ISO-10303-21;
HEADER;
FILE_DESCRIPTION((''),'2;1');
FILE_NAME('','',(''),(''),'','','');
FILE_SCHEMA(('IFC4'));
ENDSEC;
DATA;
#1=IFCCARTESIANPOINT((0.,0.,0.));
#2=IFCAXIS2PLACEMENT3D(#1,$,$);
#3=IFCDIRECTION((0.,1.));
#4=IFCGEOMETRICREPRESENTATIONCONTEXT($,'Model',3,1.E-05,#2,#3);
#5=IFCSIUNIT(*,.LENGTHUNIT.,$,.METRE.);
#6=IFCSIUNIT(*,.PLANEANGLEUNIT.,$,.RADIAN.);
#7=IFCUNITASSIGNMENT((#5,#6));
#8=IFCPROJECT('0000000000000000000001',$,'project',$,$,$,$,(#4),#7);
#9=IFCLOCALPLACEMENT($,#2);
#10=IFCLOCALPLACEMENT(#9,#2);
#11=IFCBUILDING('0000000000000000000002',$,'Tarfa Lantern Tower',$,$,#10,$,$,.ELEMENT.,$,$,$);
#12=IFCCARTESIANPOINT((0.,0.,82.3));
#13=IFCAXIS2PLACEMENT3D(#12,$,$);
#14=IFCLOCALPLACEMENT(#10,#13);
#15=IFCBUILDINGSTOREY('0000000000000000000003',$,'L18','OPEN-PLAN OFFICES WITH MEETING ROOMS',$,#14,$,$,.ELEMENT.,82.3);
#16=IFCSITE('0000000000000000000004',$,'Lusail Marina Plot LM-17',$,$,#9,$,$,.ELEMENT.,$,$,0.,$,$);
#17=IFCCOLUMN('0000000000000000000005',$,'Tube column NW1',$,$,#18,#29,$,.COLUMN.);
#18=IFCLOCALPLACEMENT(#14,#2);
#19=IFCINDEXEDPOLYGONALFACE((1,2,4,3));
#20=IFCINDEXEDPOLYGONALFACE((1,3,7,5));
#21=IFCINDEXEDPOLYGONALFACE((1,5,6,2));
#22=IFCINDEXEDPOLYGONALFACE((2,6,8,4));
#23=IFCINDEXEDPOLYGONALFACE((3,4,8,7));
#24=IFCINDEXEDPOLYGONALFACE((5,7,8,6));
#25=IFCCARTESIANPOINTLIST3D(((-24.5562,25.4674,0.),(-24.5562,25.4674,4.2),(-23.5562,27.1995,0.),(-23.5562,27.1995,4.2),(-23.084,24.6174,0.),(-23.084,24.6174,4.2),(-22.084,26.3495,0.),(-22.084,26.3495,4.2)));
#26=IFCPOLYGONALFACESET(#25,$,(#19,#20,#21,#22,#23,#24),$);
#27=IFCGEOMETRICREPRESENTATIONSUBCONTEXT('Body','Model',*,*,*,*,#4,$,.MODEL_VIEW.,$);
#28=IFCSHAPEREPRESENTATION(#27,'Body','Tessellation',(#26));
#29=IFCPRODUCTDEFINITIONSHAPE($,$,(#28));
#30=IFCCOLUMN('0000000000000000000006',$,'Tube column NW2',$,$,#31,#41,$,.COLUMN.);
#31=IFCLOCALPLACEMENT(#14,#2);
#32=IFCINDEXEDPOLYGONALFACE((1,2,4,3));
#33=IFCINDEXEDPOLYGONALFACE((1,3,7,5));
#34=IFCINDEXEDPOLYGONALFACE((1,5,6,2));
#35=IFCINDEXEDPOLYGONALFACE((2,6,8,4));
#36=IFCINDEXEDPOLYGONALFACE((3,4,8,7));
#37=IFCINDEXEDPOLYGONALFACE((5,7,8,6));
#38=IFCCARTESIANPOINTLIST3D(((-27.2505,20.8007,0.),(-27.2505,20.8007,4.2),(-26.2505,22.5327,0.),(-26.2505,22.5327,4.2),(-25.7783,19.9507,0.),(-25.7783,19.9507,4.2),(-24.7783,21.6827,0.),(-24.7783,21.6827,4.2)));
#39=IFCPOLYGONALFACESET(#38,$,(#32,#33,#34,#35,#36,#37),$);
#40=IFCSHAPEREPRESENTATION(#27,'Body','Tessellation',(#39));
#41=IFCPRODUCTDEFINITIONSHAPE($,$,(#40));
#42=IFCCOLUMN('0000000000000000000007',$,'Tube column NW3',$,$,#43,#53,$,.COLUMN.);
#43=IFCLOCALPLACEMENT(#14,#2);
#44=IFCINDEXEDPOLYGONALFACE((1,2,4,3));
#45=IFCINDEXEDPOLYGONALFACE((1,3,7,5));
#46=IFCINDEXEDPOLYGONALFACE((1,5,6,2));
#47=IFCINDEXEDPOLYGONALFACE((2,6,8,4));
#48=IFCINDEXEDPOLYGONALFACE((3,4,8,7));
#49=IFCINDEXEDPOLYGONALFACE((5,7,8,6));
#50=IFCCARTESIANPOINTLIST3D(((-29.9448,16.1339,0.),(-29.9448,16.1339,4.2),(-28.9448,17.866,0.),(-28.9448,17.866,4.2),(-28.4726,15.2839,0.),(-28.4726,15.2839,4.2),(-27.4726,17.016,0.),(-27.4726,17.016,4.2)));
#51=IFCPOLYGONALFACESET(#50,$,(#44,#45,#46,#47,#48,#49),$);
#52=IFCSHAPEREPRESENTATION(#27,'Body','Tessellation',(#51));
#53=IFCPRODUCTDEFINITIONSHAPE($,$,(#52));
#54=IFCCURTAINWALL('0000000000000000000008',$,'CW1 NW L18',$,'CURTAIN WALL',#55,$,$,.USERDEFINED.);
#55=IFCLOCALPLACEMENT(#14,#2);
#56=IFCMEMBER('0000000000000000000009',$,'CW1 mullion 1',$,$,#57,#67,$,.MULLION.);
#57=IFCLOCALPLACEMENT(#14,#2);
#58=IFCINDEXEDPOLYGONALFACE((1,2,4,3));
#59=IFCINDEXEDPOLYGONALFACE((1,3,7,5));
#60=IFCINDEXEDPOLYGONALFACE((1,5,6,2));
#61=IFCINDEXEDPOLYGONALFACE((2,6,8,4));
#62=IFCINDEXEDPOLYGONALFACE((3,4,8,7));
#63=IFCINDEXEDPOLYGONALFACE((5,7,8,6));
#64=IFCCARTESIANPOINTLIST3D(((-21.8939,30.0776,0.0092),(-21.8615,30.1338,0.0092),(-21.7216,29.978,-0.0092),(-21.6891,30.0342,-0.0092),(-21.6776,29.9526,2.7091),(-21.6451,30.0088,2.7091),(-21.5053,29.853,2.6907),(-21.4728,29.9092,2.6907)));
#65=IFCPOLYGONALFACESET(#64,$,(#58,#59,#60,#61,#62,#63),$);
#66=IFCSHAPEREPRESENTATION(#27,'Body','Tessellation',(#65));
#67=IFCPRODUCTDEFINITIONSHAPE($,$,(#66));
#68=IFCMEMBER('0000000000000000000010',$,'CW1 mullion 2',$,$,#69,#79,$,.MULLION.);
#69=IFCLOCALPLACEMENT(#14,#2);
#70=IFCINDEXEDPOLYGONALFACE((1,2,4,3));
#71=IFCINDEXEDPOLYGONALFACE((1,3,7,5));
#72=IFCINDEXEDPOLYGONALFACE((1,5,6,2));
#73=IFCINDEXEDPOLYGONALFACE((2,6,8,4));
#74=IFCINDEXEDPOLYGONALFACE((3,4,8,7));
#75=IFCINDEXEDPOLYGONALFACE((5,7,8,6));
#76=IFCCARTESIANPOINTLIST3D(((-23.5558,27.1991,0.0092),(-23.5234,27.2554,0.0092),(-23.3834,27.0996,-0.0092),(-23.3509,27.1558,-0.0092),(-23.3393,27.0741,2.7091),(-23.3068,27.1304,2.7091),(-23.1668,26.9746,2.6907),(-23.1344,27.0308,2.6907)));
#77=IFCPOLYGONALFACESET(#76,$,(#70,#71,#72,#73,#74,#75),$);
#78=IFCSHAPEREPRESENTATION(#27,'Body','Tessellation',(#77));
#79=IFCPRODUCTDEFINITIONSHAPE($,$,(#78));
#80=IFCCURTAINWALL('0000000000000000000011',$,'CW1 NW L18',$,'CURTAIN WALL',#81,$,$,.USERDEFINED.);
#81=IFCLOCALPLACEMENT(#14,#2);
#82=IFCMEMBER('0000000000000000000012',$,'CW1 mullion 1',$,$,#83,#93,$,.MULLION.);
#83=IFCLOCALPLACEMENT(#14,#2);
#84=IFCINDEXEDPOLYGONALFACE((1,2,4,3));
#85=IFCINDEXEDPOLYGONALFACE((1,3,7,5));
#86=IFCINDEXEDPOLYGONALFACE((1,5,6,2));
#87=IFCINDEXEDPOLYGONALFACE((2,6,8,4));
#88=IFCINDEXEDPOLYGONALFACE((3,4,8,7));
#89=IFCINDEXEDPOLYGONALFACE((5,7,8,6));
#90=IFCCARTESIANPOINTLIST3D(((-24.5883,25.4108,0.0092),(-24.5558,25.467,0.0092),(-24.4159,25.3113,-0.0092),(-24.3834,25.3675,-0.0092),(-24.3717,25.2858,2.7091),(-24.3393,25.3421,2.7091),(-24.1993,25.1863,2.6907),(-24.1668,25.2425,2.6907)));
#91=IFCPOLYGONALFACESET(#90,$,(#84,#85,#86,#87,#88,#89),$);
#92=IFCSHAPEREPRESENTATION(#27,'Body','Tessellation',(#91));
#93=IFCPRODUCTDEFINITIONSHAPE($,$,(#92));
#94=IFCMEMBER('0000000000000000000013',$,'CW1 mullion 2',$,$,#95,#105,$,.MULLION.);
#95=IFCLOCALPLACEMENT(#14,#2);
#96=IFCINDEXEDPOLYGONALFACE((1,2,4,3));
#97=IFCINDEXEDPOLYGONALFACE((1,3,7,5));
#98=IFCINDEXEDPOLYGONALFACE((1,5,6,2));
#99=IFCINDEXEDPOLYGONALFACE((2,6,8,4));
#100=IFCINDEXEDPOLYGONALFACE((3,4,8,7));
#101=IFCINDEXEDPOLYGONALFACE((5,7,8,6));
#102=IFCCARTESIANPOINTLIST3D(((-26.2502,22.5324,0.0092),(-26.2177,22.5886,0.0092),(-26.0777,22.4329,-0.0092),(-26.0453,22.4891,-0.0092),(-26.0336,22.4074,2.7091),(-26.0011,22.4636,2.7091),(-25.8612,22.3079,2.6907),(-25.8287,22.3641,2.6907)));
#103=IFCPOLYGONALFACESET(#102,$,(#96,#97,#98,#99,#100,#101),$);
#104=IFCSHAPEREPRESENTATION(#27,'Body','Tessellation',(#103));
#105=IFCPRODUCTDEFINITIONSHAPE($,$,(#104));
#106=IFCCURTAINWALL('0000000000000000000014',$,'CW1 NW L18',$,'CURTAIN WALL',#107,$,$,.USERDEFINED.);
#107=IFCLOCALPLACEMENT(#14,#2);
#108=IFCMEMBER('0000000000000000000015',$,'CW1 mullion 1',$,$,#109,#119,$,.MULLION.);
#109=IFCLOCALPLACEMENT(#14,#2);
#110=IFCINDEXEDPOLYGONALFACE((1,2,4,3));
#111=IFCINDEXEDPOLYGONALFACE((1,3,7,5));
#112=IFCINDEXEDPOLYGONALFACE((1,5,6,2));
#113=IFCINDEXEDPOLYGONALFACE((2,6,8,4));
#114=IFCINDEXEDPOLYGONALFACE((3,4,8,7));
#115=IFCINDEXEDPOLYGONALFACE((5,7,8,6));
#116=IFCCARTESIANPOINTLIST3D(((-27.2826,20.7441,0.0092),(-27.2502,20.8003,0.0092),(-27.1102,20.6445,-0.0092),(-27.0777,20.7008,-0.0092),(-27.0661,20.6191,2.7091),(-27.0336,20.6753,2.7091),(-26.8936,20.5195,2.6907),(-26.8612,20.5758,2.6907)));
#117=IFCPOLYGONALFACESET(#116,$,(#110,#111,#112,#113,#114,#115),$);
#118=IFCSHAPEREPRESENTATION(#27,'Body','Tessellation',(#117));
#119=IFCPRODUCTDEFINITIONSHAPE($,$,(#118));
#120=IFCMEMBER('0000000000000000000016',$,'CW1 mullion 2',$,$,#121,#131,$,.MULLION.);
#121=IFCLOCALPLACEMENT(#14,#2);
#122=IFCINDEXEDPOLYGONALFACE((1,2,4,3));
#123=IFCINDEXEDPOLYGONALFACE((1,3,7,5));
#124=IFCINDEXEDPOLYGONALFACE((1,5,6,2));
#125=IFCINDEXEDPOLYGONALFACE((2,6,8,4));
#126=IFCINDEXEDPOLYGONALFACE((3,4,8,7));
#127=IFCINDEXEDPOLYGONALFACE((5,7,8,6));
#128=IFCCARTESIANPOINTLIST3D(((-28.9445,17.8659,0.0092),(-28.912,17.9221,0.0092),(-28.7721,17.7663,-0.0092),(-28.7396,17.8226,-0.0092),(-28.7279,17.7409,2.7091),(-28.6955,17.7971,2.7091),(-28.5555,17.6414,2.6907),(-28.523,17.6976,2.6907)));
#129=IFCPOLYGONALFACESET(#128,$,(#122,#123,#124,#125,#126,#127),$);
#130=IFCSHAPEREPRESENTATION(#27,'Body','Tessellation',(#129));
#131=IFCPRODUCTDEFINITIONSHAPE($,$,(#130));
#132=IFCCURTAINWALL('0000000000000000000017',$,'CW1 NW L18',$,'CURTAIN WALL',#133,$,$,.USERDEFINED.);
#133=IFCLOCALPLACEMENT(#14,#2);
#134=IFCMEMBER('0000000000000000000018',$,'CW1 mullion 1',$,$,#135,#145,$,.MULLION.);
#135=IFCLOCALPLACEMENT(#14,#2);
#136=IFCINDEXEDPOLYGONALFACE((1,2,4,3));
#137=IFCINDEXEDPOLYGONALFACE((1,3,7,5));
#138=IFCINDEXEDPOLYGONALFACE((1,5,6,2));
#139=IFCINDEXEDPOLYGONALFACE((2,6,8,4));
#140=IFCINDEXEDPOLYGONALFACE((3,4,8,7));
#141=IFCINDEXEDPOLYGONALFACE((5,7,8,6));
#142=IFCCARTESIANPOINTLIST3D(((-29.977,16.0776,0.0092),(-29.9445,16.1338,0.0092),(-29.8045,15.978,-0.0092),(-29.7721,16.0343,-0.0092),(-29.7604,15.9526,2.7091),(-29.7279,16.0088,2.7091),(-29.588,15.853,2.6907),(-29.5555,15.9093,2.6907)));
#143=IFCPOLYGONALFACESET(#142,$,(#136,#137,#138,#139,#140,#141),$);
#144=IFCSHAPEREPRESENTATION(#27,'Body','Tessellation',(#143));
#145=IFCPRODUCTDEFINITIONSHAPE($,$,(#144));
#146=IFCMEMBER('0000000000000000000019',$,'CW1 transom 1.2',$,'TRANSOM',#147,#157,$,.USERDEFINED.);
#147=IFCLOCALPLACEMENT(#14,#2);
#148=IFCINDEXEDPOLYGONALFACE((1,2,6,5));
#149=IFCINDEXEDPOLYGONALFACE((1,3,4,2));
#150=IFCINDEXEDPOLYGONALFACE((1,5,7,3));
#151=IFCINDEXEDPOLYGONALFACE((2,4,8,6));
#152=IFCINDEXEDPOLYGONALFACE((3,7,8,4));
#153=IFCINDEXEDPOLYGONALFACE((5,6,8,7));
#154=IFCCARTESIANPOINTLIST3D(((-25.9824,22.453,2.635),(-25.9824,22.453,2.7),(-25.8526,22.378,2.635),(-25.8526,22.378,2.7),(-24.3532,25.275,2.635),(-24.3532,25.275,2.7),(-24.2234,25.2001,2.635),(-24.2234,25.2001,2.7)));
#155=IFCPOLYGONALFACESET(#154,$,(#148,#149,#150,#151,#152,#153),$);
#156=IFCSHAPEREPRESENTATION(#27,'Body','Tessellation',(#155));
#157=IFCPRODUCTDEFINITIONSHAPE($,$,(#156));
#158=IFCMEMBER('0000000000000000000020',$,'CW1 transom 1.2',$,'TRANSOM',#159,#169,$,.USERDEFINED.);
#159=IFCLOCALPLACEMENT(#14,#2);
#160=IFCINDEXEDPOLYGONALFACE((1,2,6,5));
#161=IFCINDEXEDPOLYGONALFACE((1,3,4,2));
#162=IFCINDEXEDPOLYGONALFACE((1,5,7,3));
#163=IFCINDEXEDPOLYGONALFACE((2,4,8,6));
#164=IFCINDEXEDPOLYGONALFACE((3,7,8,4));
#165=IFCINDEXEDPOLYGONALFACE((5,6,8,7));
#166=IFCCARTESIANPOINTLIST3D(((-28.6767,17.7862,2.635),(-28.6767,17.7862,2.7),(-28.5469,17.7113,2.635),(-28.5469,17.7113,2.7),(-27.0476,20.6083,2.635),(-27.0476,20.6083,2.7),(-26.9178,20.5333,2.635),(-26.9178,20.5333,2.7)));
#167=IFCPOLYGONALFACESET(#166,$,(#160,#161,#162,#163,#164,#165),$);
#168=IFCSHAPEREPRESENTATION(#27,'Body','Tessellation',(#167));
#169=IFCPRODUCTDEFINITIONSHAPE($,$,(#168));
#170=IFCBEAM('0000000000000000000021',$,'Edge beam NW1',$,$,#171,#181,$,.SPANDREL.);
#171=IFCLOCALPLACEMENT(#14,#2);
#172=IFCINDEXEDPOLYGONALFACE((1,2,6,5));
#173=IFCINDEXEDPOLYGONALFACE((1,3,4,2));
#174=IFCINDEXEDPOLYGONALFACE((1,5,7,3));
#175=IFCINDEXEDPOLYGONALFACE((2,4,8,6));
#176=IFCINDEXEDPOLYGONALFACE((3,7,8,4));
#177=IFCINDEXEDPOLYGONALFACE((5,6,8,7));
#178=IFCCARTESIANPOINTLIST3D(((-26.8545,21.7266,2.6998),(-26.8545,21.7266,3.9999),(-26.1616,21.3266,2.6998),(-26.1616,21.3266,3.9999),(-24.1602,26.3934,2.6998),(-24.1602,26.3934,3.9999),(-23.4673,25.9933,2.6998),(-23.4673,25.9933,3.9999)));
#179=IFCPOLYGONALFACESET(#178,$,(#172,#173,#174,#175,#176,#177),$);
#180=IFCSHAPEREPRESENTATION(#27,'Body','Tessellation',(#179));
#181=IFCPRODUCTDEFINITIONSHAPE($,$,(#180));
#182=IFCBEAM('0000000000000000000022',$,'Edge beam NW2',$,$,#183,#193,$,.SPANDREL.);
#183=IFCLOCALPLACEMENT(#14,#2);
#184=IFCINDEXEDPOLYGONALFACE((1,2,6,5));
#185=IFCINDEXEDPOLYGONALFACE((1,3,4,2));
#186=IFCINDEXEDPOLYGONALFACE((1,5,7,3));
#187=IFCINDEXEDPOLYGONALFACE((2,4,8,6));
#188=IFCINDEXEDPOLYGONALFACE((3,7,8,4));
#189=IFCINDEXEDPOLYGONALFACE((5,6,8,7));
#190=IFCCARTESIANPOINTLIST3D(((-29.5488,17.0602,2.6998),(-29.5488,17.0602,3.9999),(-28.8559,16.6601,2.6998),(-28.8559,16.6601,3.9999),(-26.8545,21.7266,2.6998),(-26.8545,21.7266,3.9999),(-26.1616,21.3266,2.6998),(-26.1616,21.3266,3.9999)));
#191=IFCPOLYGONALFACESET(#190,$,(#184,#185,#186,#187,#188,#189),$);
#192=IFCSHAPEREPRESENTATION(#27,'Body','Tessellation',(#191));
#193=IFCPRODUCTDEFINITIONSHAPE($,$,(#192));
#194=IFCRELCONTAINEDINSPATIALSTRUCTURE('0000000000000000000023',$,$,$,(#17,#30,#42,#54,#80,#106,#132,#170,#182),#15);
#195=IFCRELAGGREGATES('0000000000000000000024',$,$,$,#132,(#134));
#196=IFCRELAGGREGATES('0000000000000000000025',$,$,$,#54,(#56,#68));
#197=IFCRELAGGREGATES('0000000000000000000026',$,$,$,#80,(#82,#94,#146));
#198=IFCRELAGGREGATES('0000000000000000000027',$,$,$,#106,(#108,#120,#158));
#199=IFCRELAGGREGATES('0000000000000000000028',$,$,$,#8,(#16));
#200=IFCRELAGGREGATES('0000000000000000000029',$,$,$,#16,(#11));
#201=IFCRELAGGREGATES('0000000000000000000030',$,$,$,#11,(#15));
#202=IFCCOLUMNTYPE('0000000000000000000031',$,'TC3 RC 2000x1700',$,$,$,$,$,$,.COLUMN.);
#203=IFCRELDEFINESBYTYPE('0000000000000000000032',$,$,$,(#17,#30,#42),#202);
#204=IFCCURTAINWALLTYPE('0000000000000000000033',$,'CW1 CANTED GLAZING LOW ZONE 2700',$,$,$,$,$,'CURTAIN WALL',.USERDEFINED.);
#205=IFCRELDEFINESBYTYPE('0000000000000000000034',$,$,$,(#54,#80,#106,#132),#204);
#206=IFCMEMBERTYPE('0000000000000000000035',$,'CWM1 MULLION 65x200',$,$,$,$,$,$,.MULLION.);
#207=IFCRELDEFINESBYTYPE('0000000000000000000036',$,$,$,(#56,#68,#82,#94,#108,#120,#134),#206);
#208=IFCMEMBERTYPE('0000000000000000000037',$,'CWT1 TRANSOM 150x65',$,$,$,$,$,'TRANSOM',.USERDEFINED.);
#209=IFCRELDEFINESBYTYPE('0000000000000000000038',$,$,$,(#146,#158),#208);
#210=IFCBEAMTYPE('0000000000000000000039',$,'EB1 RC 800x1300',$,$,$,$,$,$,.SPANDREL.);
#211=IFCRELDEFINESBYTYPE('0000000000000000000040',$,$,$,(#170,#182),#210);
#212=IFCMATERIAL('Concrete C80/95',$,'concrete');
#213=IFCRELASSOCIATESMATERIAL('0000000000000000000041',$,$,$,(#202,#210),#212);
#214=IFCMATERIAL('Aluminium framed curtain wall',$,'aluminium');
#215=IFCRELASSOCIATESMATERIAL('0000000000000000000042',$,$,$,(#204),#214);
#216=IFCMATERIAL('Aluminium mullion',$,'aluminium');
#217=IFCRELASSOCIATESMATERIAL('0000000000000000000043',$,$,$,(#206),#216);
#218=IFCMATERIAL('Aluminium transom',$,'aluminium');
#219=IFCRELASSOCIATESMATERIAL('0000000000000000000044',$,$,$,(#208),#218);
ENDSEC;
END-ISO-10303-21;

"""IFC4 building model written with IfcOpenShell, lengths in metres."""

from ifc_helpers import new_model, si_unit, direction, frame, origin, origin_2d, place, context, subcontext, project, spatial, rectangle, extrude, material, material_profile, profile_set, type_object, element, aggregate, save


model = new_model("IFC4")

# Units and contexts
model_context = context("Model", 3, precision=1e-05, world=origin(), true_north=direction((0.0, 1.0)))
body_context = subcontext(model_context, "Body", "Model", "MODEL_VIEW")
ifc_project = project(units=[si_unit("LENGTHUNIT", "METRE"), si_unit("PLANEANGLEUNIT", "RADIAN")], contexts=[model_context])

# Site, building, storey
site_placement = place(None, origin())
site = spatial("IfcSite", under=ifc_project, at=site_placement, Name="Lusail Marina Plot LM-17", CompositionType="ELEMENT", RefElevation=0.0)
building_placement = place(site_placement, origin())
building = spatial("IfcBuilding", under=site, at=building_placement, Name="Tarfa Lantern Tower", CompositionType="ELEMENT")
storey_placement = place(building_placement, frame((0.0, 0.0, 82.3)))
storey = spatial("IfcBuildingStorey", under=building, at=storey_placement, Name="L18", Description="OPEN-PLAN OFFICES WITH MEETING ROOMS", CompositionType="ELEMENT", Elevation=82.3)

# Columns
ifc_material_1 = material(Name="Concrete C80/95", Category="concrete")
ifc_material_profile_1 = material_profile(ifc_material_1, rectangle(XDim=2.0, YDim=1.7, at=origin_2d()), Name="RC 2000x1700")
ifc_profile_set_1 = profile_set([ifc_material_profile_1], Name="Concrete C80/95")
column_type = type_object("IfcColumnType", Name="TC3 RC 2000x1700", PredefinedType="COLUMN", material=ifc_profile_set_1)
for number, where, z_axis, x_axis, name in (
    (1, (-23.3201, 25.9084, 0.0), (0.0, 0.0, 1.0), (-0.5, -0.866025, 0.0), "Tube column NW1"),
    (2, (-26.0144, 21.2417, 0.0), (0.0, 0.0, 1.0), (-0.5, -0.866025, 0.0), "Tube column NW2"),
    (3, (-28.7087, 16.575, 0.0), (0.0, 0.0, 1.0), (-0.5, -0.866025, 0.0), "Tube column NW3"),
):
    element("IfcColumn", number, at=place(storey_placement, frame(where, z_axis=z_axis, x_axis=x_axis)), inside=storey, type_object=column_type, Name=name, PredefinedType="COLUMN", context=body_context, shape_type="SweptSolid", body=[
        extrude(rectangle(XDim=2.0, YDim=1.7, at=origin_2d()), origin(), (0.0, 0.0, 1.0), 4.2),
    ])

# Curtain walls, members
ifc_material_2 = material(Name="Aluminium framed curtain wall", Category="aluminium")
curtain_wall_type = type_object("IfcCurtainWallType", Name="CW1 CANTED GLAZING LOW ZONE 2700", ElementType="CURTAIN WALL", PredefinedType="USERDEFINED", material=ifc_material_2)
curtain_wall_1_placement = place(storey_placement, origin())
curtain_wall_1 = element("IfcCurtainWall", 4, at=curtain_wall_1_placement, inside=storey, type_object=curtain_wall_type, Name="CW1 NW L18", ObjectType="CURTAIN WALL", PredefinedType="USERDEFINED")
ifc_material_3 = material(Name="Aluminium mullion", Category="aluminium")
ifc_material_profile_2 = material_profile(ifc_material_3, rectangle(XDim=0.0649, YDim=0.2, at=origin_2d()), Name="AL MULLION 65x200")
ifc_profile_set_2 = profile_set([ifc_material_profile_2], Name="Aluminium mullion")
member_type_1 = type_object("IfcMemberType", Name="CWM1 MULLION 65x200", PredefinedType="MULLION", material=ifc_profile_set_2)
member_1_placement = place(storey_placement, frame((-21.7915, 30.0559, 0.0), z_axis=(0.079775, -0.0461, 0.995746), x_axis=(0.500343, 0.865827, 0.0)))
member_1 = element("IfcMember", 5, at=member_1_placement, type_object=member_type_1, Name="CW1 mullion 1", PredefinedType="MULLION", context=body_context, shape_type="SweptSolid", body=[
    extrude(rectangle(XDim=0.0649, YDim=0.2, at=origin_2d()), origin(), (0.0, 0.0, 1.0), 2.7114),
])
member_2_placement = place(storey_placement, frame((-23.4534, 27.1775, 0.0), z_axis=(0.079864, -0.0461, 0.995739), x_axis=(0.49992, 0.866072, 0.0)))
member_2 = element("IfcMember", 6, at=member_2_placement, type_object=member_type_1, Name="CW1 mullion 2", PredefinedType="MULLION", context=body_context, shape_type="SweptSolid", body=[
    extrude(rectangle(XDim=0.0649, YDim=0.2, at=origin_2d()), origin(), (0.0, 0.0, 1.0), 2.7114),
])
curtain_wall_2_placement = place(storey_placement, origin())
curtain_wall_2 = element("IfcCurtainWall", 7, at=curtain_wall_2_placement, inside=storey, type_object=curtain_wall_type, Name="CW1 NW L18", ObjectType="CURTAIN WALL", PredefinedType="USERDEFINED")
member_3_placement = place(storey_placement, frame((-24.4858, 25.3892, 0.0), z_axis=(0.079864, -0.0461, 0.995739), x_axis=(0.49992, 0.866072, 0.0)))
member_3 = element("IfcMember", 8, at=member_3_placement, type_object=member_type_1, Name="CW1 mullion 1", PredefinedType="MULLION", context=body_context, shape_type="SweptSolid", body=[
    extrude(rectangle(XDim=0.0649, YDim=0.2, at=origin_2d()), origin(), (0.0, 0.0, 1.0), 2.7114),
])
member_4_placement = place(storey_placement, frame((-26.1477, 22.5107, 0.0), z_axis=(0.079864, -0.0461, 0.995739), x_axis=(0.49992, 0.866072, 0.0)))
member_4 = element("IfcMember", 9, at=member_4_placement, type_object=member_type_1, Name="CW1 mullion 2", PredefinedType="MULLION", context=body_context, shape_type="SweptSolid", body=[
    extrude(rectangle(XDim=0.0649, YDim=0.2, at=origin_2d()), origin(), (0.0, 0.0, 1.0), 2.7114),
])
curtain_wall_3_placement = place(storey_placement, origin())
curtain_wall_3 = element("IfcCurtainWall", 10, at=curtain_wall_3_placement, inside=storey, type_object=curtain_wall_type, Name="CW1 NW L18", ObjectType="CURTAIN WALL", PredefinedType="USERDEFINED")
member_5_placement = place(storey_placement, frame((-27.1802, 20.7224, 0.0), z_axis=(0.079864, -0.0461, 0.995739), x_axis=(0.49992, 0.866072, 0.0)))
member_5 = element("IfcMember", 11, at=member_5_placement, type_object=member_type_1, Name="CW1 mullion 1", PredefinedType="MULLION", context=body_context, shape_type="SweptSolid", body=[
    extrude(rectangle(XDim=0.0649, YDim=0.2, at=origin_2d()), origin(), (0.0, 0.0, 1.0), 2.7114),
])
member_6_placement = place(storey_placement, frame((-28.842, 17.8442, 0.0), z_axis=(0.079864, -0.0461, 0.995739), x_axis=(0.49992, 0.866072, 0.0)))
member_6 = element("IfcMember", 12, at=member_6_placement, type_object=member_type_1, Name="CW1 mullion 2", PredefinedType="MULLION", context=body_context, shape_type="SweptSolid", body=[
    extrude(rectangle(XDim=0.0649, YDim=0.2, at=origin_2d()), origin(), (0.0, 0.0, 1.0), 2.7114),
])

# Curtain wall, member
curtain_wall_4_placement = place(storey_placement, origin())
curtain_wall_4 = element("IfcCurtainWall", 13, at=curtain_wall_4_placement, inside=storey, type_object=curtain_wall_type, Name="CW1 NW L18", ObjectType="CURTAIN WALL", PredefinedType="USERDEFINED")
member_7_placement = place(storey_placement, frame((-29.8745, 16.0559, 0.0), z_axis=(0.079864, -0.0461, 0.995739), x_axis=(0.49992, 0.866072, 0.0)))
member_7 = element("IfcMember", 14, at=member_7_placement, type_object=member_type_1, Name="CW1 mullion 1", PredefinedType="MULLION", context=body_context, shape_type="SweptSolid", body=[
    extrude(rectangle(XDim=0.0649, YDim=0.2, at=origin_2d()), origin(), (0.0, 0.0, 1.0), 2.7114),
])
aggregate(curtain_wall_4, [member_7])

# Members
ifc_material_4 = material(Name="Aluminium transom", Category="aluminium")
ifc_material_profile_3 = material_profile(ifc_material_4, rectangle(XDim=0.1499, YDim=0.0649, at=origin_2d()), Name="AL TRANSOM 150x65")
ifc_profile_set_3 = profile_set([ifc_material_profile_3], Name="Aluminium transom")
member_type_2 = type_object("IfcMemberType", Name="CWT1 TRANSOM 150x65", ElementType="TRANSOM", PredefinedType="USERDEFINED", material=ifc_profile_set_3)
member_8_placement = place(storey_placement, frame((-24.2883, 25.2375, 2.6675), z_axis=(-0.499967, -0.866045, 0.0), x_axis=(0.866045, -0.499967, 0.0)))
member_8 = element("IfcMember", 15, at=member_8_placement, type_object=member_type_2, Name="CW1 transom 1.2", ObjectType="TRANSOM", PredefinedType="USERDEFINED", context=body_context, shape_type="SweptSolid", body=[
    extrude(rectangle(XDim=0.1499, YDim=0.0649, at=origin_2d()), origin(), (0.0, 0.0, 1.0), 3.2585),
])
member_9_placement = place(storey_placement, frame((-26.9827, 20.5708, 2.6675), z_axis=(-0.499967, -0.866045, 0.0), x_axis=(0.866045, -0.499967, 0.0)))
member_9 = element("IfcMember", 16, at=member_9_placement, type_object=member_type_2, Name="CW1 transom 1.2", ObjectType="TRANSOM", PredefinedType="USERDEFINED", context=body_context, shape_type="SweptSolid", body=[
    extrude(rectangle(XDim=0.1499, YDim=0.0649, at=origin_2d()), origin(), (0.0, 0.0, 1.0), 3.2585),
])

# Beams
ifc_material_profile_4 = material_profile(ifc_material_1, rectangle(XDim=0.8, YDim=1.3, at=origin_2d()), Name="RC 800x1300")
ifc_profile_set_4 = profile_set([ifc_material_profile_4], Name="Concrete C80/95")
beam_type_1 = type_object("IfcBeamType", Name="EB1 RC 800x1300", PredefinedType="SPANDREL", material=ifc_profile_set_4)
beam_1_placement = place(storey_placement, frame((-23.8137, 26.1934, 3.3499), z_axis=(-0.499998, -0.866026, 0.0), x_axis=(0.866026, -0.499998, 0.0)))
element("IfcBeam", 17, at=beam_1_placement, inside=storey, type_object=beam_type_1, Name="Edge beam NW1", PredefinedType="SPANDREL", context=body_context, shape_type="SweptSolid", body=[
    extrude(rectangle(XDim=0.8, YDim=1.3, at=origin_2d()), origin(), (0.0, 0.0, 1.0), 5.3887),
])
beam_2_placement = place(storey_placement, frame((-26.5081, 21.5266, 3.3499), z_axis=(-0.500018, -0.866015, 0.0), x_axis=(0.866015, -0.500018, 0.0)))
element("IfcBeam", 18, at=beam_2_placement, inside=storey, type_object=beam_type_1, Name="Edge beam NW2", PredefinedType="SPANDREL", context=body_context, shape_type="SweptSolid", body=[
    extrude(rectangle(XDim=0.8, YDim=1.3, at=origin_2d()), origin(), (0.0, 0.0, 1.0), 5.3884),
])

aggregate(curtain_wall_1, [member_1, member_2])
aggregate(curtain_wall_2, [member_3, member_4, member_8])
aggregate(curtain_wall_3, [member_5, member_6, member_9])

save(model, "model.ifc")
